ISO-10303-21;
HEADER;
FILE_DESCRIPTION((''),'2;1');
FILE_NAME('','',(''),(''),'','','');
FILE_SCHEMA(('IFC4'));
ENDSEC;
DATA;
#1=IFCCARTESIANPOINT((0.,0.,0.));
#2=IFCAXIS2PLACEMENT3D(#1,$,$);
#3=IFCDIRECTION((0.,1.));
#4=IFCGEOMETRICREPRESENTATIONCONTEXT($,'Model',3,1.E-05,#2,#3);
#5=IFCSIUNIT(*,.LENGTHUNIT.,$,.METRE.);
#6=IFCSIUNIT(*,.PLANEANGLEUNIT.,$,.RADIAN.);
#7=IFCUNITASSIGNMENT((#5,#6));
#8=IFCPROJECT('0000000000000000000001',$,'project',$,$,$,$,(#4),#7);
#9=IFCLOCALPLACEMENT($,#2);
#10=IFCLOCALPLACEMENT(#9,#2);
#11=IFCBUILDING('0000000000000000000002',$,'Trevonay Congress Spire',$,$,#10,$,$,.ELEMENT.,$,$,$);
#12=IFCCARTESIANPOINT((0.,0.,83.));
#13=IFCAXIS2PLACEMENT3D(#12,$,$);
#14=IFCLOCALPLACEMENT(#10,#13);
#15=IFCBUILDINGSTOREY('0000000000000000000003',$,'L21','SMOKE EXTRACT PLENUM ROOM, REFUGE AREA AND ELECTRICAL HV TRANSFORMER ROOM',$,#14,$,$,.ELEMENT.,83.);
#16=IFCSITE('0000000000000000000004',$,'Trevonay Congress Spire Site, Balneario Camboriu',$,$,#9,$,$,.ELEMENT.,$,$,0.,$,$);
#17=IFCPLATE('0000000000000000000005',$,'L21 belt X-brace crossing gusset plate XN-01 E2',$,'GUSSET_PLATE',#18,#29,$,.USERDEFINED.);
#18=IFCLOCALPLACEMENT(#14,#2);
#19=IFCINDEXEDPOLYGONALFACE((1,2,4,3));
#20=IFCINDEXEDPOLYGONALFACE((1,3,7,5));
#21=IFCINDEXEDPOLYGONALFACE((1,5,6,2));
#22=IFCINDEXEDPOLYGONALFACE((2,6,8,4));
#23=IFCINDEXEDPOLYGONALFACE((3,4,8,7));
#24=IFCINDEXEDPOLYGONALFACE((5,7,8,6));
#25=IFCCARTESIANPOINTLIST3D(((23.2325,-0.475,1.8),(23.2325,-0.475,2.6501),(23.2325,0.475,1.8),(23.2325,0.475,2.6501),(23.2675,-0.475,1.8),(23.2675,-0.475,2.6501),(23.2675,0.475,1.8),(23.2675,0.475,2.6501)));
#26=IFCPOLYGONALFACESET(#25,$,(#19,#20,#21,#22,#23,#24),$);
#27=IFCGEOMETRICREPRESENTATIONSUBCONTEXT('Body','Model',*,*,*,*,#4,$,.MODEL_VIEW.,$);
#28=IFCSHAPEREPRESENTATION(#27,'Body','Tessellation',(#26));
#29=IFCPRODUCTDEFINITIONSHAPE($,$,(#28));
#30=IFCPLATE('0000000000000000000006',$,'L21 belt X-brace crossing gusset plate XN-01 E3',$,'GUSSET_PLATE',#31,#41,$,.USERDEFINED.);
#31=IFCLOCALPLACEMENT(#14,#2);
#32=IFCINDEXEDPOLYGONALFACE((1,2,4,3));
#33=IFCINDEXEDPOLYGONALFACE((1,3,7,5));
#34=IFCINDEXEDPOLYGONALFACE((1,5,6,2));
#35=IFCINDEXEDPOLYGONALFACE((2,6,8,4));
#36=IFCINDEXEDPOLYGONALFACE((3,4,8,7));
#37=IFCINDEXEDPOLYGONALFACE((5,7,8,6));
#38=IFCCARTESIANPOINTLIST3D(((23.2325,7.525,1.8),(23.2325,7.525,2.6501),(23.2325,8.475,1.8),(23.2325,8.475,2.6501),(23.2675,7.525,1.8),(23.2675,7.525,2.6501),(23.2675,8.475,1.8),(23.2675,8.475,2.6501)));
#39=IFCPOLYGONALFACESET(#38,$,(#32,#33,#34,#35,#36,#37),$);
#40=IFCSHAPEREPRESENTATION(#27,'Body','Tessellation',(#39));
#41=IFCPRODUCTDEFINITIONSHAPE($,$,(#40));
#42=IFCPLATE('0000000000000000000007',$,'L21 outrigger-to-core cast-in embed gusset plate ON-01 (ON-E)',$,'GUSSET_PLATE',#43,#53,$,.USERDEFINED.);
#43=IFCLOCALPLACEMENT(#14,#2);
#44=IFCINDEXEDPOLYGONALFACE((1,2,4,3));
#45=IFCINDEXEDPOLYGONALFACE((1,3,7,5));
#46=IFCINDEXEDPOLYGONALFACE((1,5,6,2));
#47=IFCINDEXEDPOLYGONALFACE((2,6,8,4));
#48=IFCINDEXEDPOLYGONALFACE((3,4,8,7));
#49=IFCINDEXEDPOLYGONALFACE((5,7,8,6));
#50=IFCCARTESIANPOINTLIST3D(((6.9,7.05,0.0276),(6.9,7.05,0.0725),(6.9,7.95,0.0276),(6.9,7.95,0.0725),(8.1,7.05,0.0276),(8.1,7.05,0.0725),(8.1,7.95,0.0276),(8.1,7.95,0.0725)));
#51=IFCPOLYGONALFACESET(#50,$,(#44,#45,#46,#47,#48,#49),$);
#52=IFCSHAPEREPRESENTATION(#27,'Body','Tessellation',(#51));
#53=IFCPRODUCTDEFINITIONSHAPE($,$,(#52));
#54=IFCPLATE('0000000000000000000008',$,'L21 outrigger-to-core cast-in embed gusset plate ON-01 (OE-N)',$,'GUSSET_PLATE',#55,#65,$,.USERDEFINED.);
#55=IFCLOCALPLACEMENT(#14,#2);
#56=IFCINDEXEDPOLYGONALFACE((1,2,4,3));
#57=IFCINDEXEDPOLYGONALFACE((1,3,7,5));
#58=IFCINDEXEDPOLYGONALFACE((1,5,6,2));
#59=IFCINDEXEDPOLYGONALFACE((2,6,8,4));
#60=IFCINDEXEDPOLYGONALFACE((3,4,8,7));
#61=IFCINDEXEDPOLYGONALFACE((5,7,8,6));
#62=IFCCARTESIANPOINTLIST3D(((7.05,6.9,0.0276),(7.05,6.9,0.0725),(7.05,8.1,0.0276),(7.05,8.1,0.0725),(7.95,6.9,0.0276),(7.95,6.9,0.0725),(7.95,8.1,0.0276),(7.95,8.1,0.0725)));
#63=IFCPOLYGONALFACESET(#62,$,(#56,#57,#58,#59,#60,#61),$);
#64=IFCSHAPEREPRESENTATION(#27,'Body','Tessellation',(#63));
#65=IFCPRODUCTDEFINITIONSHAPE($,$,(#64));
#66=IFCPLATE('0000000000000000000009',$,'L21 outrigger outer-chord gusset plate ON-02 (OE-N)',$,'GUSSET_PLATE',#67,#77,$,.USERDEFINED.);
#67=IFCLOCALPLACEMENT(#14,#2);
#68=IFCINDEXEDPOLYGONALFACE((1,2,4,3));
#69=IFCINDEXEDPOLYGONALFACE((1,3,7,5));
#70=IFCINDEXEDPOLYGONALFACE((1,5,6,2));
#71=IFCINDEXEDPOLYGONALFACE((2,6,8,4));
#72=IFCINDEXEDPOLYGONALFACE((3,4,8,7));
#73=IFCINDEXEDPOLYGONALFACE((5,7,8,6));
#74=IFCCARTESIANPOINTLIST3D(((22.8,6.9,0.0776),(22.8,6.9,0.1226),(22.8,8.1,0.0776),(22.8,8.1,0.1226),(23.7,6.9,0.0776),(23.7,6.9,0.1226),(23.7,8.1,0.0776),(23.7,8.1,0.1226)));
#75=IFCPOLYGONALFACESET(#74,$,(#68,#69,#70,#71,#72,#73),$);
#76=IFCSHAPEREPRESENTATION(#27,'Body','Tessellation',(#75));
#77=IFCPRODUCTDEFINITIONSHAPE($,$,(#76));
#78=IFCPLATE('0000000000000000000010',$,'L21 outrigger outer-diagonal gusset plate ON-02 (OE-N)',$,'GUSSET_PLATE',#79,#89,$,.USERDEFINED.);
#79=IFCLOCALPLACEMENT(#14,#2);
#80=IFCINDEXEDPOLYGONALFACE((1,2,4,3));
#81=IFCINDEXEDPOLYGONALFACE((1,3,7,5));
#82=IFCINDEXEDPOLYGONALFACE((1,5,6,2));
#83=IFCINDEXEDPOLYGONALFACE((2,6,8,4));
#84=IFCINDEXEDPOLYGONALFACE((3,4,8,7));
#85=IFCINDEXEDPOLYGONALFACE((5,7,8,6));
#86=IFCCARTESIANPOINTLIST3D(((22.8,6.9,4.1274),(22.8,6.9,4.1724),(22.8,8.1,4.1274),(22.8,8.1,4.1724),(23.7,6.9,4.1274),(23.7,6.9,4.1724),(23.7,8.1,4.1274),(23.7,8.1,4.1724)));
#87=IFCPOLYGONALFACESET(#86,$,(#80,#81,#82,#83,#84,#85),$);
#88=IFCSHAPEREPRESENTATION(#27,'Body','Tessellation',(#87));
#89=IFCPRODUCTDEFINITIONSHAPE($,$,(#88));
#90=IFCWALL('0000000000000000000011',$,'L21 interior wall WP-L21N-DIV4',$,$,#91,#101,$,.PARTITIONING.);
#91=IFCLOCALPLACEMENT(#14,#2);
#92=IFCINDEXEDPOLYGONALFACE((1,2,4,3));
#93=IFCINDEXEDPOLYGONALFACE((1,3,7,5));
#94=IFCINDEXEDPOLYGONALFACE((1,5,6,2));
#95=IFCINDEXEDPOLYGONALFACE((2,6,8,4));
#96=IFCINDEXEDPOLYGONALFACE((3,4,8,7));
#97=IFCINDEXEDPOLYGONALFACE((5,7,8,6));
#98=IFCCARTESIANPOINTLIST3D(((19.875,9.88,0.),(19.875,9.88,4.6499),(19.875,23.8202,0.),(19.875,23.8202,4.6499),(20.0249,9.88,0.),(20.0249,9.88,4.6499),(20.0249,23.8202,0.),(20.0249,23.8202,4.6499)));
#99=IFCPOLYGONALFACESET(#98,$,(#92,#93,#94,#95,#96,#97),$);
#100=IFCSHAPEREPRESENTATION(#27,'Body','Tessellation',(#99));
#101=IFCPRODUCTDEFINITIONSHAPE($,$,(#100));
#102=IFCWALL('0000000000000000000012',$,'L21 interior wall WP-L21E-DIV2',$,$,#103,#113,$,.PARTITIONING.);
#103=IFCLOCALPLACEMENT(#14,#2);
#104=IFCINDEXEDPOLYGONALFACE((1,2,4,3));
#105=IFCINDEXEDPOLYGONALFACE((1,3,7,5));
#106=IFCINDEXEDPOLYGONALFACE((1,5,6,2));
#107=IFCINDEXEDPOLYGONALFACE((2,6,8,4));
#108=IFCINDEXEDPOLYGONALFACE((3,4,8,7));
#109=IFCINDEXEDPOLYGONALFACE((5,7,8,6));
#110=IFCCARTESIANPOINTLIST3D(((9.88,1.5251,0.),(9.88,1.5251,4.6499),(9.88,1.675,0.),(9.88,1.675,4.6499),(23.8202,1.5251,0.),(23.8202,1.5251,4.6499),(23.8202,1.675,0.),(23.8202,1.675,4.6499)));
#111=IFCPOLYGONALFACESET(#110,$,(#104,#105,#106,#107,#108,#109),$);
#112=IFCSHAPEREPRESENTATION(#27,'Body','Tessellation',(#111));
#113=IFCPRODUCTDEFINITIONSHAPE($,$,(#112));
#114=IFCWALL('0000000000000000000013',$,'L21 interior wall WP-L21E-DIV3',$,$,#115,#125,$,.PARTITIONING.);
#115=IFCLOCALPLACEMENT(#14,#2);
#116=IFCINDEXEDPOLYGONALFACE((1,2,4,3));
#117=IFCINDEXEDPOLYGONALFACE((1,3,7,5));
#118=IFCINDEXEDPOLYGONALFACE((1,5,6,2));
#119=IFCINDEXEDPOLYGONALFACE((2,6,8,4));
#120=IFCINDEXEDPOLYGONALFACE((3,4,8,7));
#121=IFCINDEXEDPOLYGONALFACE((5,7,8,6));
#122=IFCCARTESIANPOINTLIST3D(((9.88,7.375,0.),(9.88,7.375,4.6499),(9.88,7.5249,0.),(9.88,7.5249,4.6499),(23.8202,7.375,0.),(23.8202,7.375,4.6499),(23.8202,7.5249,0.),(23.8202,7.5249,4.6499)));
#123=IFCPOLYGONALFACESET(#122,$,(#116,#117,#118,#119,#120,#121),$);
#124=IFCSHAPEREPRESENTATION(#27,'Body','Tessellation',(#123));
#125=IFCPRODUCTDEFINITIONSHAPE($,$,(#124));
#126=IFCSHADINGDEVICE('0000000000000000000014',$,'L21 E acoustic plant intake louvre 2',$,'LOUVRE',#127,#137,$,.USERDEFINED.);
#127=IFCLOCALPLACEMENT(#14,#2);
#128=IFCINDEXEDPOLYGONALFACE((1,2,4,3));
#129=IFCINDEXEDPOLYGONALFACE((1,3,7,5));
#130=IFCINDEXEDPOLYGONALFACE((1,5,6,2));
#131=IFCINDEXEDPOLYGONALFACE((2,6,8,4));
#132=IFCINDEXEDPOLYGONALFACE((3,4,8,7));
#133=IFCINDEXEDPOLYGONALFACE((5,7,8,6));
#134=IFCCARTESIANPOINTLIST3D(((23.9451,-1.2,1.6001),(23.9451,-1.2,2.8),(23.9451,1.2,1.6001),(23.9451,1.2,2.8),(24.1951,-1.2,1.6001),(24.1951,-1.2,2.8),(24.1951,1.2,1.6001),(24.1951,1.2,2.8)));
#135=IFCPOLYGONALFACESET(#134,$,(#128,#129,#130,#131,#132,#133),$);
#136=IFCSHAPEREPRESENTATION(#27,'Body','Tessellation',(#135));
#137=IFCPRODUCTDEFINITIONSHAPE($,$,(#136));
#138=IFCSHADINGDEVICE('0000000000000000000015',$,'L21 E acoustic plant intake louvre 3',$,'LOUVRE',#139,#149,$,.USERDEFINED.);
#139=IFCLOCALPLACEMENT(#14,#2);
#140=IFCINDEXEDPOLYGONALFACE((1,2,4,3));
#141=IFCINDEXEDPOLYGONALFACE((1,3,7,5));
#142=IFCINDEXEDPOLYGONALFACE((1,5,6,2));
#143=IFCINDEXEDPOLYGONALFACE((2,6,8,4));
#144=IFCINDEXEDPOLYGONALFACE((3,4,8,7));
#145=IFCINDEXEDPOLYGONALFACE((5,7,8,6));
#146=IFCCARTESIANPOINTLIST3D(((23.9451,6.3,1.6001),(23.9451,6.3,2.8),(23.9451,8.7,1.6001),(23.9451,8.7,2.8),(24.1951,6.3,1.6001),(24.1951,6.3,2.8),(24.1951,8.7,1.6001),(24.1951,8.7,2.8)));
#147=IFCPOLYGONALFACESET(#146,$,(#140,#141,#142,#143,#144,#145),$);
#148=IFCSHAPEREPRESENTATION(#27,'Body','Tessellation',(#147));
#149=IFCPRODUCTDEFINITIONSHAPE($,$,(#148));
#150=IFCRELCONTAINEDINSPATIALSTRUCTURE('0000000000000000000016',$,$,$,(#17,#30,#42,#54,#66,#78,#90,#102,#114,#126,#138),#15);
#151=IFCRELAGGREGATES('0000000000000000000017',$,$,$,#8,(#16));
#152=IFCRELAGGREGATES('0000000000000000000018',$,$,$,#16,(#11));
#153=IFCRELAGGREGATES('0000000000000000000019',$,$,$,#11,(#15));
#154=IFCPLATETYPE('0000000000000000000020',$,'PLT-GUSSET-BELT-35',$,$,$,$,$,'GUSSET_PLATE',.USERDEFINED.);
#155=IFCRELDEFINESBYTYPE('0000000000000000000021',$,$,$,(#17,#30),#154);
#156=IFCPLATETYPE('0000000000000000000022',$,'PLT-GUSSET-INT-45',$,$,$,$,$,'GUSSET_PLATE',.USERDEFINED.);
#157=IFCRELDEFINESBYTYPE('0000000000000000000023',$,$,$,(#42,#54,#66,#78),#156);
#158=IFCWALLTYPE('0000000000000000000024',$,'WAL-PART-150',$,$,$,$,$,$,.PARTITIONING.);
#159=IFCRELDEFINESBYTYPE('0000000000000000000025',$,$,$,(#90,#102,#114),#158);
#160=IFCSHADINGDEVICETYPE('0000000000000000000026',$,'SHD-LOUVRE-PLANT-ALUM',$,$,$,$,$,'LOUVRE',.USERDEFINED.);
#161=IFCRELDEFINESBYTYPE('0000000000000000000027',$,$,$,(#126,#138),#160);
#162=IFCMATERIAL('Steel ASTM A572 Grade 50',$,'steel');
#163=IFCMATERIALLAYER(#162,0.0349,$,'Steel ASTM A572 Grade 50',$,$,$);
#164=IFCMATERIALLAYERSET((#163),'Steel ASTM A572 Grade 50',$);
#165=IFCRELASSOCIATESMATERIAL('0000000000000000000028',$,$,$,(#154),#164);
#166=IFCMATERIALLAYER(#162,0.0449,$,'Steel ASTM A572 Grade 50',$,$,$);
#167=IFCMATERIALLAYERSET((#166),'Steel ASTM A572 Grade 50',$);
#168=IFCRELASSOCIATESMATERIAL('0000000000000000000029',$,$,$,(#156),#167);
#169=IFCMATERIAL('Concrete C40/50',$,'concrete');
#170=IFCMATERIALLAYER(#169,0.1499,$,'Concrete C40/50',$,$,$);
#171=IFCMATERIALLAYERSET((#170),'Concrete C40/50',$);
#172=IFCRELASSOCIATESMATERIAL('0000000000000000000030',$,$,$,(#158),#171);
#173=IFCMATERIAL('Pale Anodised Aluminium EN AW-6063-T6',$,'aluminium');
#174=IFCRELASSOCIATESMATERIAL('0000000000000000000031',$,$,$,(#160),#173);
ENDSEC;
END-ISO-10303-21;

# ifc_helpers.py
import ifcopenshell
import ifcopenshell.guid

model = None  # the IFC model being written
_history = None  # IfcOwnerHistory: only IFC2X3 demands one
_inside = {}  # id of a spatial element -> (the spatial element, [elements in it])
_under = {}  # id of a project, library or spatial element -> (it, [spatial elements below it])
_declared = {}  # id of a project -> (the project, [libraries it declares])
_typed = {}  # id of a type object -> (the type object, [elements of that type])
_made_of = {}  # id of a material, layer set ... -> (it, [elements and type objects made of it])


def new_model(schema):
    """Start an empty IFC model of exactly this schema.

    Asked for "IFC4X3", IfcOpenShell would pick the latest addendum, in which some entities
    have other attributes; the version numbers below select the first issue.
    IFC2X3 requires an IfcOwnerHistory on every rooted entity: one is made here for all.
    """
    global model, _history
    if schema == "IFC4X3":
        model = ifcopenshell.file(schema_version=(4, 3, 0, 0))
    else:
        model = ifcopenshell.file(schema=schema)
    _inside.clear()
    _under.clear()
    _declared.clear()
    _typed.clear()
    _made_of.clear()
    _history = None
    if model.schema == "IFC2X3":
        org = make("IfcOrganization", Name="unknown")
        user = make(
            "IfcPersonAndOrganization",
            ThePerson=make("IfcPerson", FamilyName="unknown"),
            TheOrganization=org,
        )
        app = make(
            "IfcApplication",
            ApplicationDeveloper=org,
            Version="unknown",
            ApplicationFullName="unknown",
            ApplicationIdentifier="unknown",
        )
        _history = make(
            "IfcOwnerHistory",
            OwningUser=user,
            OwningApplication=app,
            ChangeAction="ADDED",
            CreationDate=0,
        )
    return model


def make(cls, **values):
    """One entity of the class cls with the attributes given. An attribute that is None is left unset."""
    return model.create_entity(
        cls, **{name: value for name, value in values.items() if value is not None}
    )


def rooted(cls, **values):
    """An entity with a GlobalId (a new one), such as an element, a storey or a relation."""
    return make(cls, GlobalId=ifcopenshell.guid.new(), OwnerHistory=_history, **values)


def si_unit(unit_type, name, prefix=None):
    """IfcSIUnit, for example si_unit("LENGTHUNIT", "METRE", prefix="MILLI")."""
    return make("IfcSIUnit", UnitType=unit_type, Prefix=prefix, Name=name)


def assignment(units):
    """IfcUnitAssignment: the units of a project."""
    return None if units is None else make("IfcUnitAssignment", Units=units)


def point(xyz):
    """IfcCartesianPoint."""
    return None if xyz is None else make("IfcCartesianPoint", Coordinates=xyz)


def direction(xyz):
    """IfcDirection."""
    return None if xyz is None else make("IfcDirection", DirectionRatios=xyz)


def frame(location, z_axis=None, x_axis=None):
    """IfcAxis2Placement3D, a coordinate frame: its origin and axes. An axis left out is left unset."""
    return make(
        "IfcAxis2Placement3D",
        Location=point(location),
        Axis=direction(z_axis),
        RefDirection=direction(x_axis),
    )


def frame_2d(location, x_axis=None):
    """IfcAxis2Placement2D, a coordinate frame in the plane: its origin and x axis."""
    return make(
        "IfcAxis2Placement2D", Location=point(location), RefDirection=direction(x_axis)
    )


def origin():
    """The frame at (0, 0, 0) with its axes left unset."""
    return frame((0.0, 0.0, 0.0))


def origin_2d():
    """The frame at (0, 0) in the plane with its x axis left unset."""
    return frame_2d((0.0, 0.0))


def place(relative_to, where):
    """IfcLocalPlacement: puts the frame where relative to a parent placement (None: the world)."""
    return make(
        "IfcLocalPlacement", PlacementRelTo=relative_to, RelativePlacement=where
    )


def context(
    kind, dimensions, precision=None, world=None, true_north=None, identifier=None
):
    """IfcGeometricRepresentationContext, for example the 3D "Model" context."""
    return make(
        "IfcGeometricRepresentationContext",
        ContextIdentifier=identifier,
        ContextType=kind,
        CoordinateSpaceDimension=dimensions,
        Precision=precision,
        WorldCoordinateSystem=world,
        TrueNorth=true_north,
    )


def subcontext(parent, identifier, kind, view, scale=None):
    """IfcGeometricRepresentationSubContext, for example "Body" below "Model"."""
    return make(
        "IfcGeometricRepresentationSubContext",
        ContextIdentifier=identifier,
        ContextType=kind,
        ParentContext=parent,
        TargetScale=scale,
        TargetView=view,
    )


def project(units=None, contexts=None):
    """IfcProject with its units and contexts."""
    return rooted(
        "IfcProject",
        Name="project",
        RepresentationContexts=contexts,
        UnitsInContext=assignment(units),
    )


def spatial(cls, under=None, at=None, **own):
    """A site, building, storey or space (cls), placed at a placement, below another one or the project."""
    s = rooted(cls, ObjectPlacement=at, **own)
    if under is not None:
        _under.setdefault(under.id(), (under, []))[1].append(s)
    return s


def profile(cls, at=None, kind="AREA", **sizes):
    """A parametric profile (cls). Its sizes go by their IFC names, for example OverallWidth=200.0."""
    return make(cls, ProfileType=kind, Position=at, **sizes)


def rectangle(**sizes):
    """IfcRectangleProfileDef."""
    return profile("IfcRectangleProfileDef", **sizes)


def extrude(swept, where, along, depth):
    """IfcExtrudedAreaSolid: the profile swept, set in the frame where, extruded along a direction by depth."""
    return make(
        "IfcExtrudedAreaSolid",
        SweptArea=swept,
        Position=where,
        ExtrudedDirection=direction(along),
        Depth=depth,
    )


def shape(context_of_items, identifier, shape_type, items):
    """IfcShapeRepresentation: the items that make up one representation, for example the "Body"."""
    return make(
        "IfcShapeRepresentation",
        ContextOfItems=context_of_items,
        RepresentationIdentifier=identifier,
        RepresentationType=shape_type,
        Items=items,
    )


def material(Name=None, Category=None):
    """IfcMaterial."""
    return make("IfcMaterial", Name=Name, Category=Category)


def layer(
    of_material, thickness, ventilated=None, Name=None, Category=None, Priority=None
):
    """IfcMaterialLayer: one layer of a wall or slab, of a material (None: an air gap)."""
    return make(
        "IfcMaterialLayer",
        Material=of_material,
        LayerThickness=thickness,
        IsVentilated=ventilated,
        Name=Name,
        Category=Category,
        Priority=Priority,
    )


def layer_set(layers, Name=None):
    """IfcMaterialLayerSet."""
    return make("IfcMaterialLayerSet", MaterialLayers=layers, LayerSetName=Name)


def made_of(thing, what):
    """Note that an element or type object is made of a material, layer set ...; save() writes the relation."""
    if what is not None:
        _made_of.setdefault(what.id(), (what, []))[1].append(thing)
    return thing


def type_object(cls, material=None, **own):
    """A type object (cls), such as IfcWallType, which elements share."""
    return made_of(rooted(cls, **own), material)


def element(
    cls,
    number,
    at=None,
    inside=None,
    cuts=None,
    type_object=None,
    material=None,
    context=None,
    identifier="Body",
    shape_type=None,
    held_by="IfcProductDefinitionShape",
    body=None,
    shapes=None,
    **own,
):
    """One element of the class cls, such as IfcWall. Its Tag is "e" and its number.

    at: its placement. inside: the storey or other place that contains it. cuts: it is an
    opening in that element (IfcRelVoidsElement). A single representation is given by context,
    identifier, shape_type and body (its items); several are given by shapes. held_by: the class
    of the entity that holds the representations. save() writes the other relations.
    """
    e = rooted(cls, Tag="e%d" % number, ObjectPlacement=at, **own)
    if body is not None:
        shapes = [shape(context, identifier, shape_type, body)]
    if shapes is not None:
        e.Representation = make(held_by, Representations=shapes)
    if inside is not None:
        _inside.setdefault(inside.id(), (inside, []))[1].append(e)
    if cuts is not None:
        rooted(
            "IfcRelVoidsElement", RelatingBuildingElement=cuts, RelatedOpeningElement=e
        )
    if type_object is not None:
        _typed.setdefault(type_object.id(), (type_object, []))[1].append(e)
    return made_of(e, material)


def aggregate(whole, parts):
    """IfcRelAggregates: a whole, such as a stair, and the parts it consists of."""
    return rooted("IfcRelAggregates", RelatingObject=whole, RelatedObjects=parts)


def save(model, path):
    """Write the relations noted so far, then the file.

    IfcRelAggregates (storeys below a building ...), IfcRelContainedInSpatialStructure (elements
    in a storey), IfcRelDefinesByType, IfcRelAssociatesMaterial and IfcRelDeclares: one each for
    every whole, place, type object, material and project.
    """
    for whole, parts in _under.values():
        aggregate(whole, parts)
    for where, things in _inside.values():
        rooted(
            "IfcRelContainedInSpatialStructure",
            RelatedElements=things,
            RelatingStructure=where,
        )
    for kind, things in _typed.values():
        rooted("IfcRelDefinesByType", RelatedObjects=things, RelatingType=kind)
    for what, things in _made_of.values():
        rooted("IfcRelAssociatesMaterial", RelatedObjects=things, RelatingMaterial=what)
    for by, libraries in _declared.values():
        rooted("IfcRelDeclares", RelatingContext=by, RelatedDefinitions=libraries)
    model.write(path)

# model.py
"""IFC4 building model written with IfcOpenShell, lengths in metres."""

from ifc_helpers import new_model, si_unit, direction, frame, frame_2d, origin, origin_2d, place, context, subcontext, project, spatial, rectangle, extrude, material, layer, layer_set, type_object, element, save


model = new_model("IFC4")

# Units and contexts
model_context = context("Model", 3, precision=1e-05, world=origin(), true_north=direction((0.0, 1.0)))
body_context = subcontext(model_context, "Body", "Model", "MODEL_VIEW")
ifc_project = project(units=[si_unit("LENGTHUNIT", "METRE"), si_unit("PLANEANGLEUNIT", "RADIAN")], contexts=[model_context])

# Site, building, storey
site_placement = place(None, origin())
site = spatial("IfcSite", under=ifc_project, at=site_placement, Name="Trevonay Congress Spire Site, Balneario Camboriu", CompositionType="ELEMENT", RefElevation=0.0)
building_placement = place(site_placement, origin())
building = spatial("IfcBuilding", under=site, at=building_placement, Name="Trevonay Congress Spire", CompositionType="ELEMENT")
storey_placement = place(building_placement, frame((0.0, 0.0, 83.0)))
storey = spatial("IfcBuildingStorey", under=building, at=storey_placement, Name="L21", Description="SMOKE EXTRACT PLENUM ROOM, REFUGE AREA AND ELECTRICAL HV TRANSFORMER ROOM", CompositionType="ELEMENT", Elevation=83.0)

# Shared definitions
ifc_material_1 = material(Name="Steel ASTM A572 Grade 50", Category="steel")

# Plates
ifc_layer_1 = layer(ifc_material_1, 0.0349, Name="Steel ASTM A572 Grade 50")
ifc_layer_set_1 = layer_set([ifc_layer_1], Name="Steel ASTM A572 Grade 50")
plate_type_1 = type_object("IfcPlateType", Name="PLT-GUSSET-BELT-35", ElementType="GUSSET_PLATE", PredefinedType="USERDEFINED", material=ifc_layer_set_1)
for number, where, z_axis, x_axis, name in (
    (1, (23.25, 0.0, 1.8), (0.0, 0.0, 1.0), (1.0, 0.0, 0.0), "L21 belt X-brace crossing gusset plate XN-01 E2"),
    (2, (23.25, 8.0, 1.8), (0.0, 0.0, 1.0), (1.0, 0.0, 0.0), "L21 belt X-brace crossing gusset plate XN-01 E3"),
):
    element("IfcPlate", number, at=place(storey_placement, frame(where, z_axis=z_axis, x_axis=x_axis)), inside=storey, type_object=plate_type_1, Name=name, ObjectType="GUSSET_PLATE", PredefinedType="USERDEFINED", context=body_context, shape_type="SweptSolid", body=[
        extrude(rectangle(XDim=0.0349, YDim=0.95, at=origin_2d()), origin(), (0.0, 0.0, 1.0), 0.8501),
    ])
ifc_layer_2 = layer(ifc_material_1, 0.0449, Name="Steel ASTM A572 Grade 50")
ifc_layer_set_2 = layer_set([ifc_layer_2], Name="Steel ASTM A572 Grade 50")
plate_type_2 = type_object("IfcPlateType", Name="PLT-GUSSET-INT-45", ElementType="GUSSET_PLATE", PredefinedType="USERDEFINED", material=ifc_layer_set_2)
for number, where, z_axis, x_axis, name in (
    (3, (7.5, 7.5, 0.0276), (0.0, 0.0, 1.0), (1.0, 0.0, 0.0), "L21 outrigger-to-core cast-in embed gusset plate ON-01 (ON-E)"),
    (4, (7.5, 7.5, 0.0276), (0.0, 0.0, 1.0), (0.0, 1.0, 0.0), "L21 outrigger-to-core cast-in embed gusset plate ON-01 (OE-N)"),
    (5, (23.25, 7.5, 0.0776), (0.0, 0.0, 1.0), (0.0, 1.0, 0.0), "L21 outrigger outer-chord gusset plate ON-02 (OE-N)"),
    (6, (23.25, 7.5, 4.1274), (0.0, 0.0, 1.0), (0.0, 1.0, 0.0), "L21 outrigger outer-diagonal gusset plate ON-02 (OE-N)"),
):
    element("IfcPlate", number, at=place(storey_placement, frame(where, z_axis=z_axis, x_axis=x_axis)), inside=storey, type_object=plate_type_2, Name=name, ObjectType="GUSSET_PLATE", PredefinedType="USERDEFINED", context=body_context, shape_type="SweptSolid", body=[
        extrude(rectangle(XDim=1.2, YDim=0.8999, at=origin_2d()), origin(), (0.0, 0.0, 1.0), 0.0449),
    ])

# Walls
ifc_material_2 = material(Name="Concrete C40/50", Category="concrete")
ifc_layer_3 = layer(ifc_material_2, 0.1499, Name="Concrete C40/50")
ifc_layer_set_3 = layer_set([ifc_layer_3], Name="Concrete C40/50")
wall_type = type_object("IfcWallType", Name="WAL-PART-150", PredefinedType="PARTITIONING", material=ifc_layer_set_3)
for number, where, z_axis, x_axis, name in (
    (7, (19.95, 9.8799, 0.0), (0.0, 0.0, 1.0), (0.0, 1.0, 0.0), "L21 interior wall WP-L21N-DIV4"),
    (8, (9.8799, 1.6001, 0.0), (0.0, 0.0, 1.0), (1.0, 0.0, 0.0), "L21 interior wall WP-L21E-DIV2"),
    (9, (9.8799, 7.45, 0.0), (0.0, 0.0, 1.0), (1.0, 0.0, 0.0), "L21 interior wall WP-L21E-DIV3"),
):
    element("IfcWall", number, at=place(storey_placement, frame(where, z_axis=z_axis, x_axis=x_axis)), inside=storey, type_object=wall_type, Name=name, PredefinedType="PARTITIONING", context=body_context, shape_type="SweptSolid", body=[
        extrude(rectangle(XDim=13.9402, YDim=0.1499, at=frame_2d((6.9702, 0.0))), origin(), (0.0, 0.0, 1.0), 4.6499),
    ])

# Shading devices
ifc_material_3 = material(Name="Pale Anodised Aluminium EN AW-6063-T6", Category="aluminium")
shading_device_type = type_object("IfcShadingDeviceType", Name="SHD-LOUVRE-PLANT-ALUM", ElementType="LOUVRE", PredefinedType="USERDEFINED", material=ifc_material_3)
for number, where, z_axis, x_axis, name in (
    (10, (24.0701, 0.0, 1.6001), (0.0, 0.0, 1.0), (0.0, 1.0, 0.0), "L21 E acoustic plant intake louvre 2"),
    (11, (24.0701, 7.5, 1.6001), (0.0, 0.0, 1.0), (0.0, 1.0, 0.0), "L21 E acoustic plant intake louvre 3"),
):
    element("IfcShadingDevice", number, at=place(storey_placement, frame(where, z_axis=z_axis, x_axis=x_axis)), inside=storey, type_object=shading_device_type, Name=name, ObjectType="LOUVRE", PredefinedType="USERDEFINED", context=body_context, shape_type="SweptSolid", body=[
        extrude(rectangle(XDim=2.3999, YDim=0.25, at=origin_2d()), origin(), (0.0, 0.0, 1.0), 1.2),
    ])

save(model, "model.ifc")
